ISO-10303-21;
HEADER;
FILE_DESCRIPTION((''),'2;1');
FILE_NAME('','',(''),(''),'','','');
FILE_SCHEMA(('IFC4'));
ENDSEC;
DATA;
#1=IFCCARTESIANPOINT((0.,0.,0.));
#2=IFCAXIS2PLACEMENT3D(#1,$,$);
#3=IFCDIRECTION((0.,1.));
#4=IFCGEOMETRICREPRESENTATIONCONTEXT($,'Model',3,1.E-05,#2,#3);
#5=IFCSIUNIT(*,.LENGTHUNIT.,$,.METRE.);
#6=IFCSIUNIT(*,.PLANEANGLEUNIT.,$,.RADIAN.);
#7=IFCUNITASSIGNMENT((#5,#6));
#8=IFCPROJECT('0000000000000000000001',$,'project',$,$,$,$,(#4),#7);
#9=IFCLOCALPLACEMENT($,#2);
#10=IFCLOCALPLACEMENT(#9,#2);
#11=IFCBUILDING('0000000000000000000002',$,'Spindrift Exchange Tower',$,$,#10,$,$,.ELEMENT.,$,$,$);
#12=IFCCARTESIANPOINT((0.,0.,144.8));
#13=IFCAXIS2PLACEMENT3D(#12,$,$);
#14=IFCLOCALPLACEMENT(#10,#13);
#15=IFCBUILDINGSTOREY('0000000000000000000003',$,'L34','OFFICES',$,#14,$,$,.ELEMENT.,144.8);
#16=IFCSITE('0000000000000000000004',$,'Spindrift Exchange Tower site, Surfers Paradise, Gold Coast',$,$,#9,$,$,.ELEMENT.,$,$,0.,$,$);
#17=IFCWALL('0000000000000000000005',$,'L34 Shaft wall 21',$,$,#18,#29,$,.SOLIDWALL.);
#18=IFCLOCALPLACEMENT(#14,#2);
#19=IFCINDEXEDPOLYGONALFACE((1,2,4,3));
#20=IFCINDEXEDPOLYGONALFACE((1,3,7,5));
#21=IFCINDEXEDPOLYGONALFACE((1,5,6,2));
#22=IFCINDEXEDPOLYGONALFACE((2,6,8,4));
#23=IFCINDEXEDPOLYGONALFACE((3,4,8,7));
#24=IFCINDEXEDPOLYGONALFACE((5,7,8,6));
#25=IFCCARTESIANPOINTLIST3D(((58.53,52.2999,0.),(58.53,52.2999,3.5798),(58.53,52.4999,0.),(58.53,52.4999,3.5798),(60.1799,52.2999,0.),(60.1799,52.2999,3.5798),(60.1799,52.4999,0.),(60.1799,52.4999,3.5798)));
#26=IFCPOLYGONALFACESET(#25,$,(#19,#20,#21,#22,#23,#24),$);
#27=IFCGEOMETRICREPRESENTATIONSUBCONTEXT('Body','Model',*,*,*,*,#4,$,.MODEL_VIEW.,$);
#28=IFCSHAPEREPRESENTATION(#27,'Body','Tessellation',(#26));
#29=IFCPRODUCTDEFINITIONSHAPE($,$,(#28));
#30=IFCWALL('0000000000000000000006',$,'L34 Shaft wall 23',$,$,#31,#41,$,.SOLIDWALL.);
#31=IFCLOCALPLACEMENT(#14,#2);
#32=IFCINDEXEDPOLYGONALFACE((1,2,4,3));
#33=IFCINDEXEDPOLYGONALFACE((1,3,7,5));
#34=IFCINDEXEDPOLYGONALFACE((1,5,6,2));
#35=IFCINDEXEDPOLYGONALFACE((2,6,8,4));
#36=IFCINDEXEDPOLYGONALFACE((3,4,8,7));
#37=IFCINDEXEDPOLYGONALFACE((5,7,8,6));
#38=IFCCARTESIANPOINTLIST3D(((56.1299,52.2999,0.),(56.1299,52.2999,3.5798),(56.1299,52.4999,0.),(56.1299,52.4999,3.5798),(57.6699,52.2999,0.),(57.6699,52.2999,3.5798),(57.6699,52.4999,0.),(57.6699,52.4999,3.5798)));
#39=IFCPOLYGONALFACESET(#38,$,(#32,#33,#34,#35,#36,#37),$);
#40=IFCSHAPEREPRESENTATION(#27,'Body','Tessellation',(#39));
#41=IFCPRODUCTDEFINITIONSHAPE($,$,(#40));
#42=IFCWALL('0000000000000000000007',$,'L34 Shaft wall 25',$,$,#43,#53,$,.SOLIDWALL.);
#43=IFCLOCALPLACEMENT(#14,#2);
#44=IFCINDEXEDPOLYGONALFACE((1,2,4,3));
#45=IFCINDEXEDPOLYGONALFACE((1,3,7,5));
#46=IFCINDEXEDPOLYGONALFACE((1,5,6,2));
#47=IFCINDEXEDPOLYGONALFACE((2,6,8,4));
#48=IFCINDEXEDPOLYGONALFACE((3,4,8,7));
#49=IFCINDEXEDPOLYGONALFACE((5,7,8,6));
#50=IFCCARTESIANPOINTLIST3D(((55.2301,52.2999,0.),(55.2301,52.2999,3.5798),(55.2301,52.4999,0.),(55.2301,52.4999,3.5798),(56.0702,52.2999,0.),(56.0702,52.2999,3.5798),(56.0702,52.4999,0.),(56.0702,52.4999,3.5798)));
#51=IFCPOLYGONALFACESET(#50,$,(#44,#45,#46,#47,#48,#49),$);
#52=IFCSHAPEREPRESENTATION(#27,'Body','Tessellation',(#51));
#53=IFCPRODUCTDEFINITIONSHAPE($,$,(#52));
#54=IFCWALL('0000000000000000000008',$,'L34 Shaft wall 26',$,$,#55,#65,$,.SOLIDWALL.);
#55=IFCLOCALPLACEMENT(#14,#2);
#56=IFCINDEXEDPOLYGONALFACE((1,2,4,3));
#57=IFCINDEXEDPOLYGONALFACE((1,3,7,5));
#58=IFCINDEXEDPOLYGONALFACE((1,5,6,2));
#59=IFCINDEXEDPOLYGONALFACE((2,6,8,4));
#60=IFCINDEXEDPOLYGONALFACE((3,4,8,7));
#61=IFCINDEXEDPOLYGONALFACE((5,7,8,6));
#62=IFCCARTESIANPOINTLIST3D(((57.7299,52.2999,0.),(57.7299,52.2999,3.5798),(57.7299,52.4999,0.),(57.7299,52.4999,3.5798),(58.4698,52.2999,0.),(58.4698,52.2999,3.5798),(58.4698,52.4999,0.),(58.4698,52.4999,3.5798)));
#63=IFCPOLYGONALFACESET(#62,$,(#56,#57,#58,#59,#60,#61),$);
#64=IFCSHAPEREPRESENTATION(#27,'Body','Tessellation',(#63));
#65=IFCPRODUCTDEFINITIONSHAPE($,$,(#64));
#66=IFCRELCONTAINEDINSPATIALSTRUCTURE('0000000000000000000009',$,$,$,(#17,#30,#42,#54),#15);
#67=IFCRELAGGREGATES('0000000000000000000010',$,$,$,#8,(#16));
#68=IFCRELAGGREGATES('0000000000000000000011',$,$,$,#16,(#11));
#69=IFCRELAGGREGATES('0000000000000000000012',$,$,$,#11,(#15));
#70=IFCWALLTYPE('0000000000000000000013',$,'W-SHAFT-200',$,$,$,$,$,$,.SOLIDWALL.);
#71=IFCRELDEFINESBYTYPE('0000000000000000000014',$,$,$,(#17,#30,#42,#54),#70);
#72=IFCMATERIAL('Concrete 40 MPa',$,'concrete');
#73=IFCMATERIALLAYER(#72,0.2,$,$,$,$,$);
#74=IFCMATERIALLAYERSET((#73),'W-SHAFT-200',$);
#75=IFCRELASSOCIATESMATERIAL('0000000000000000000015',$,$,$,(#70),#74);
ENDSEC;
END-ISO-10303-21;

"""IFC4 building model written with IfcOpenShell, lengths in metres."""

from ifc_helpers import new_model, si_unit, direction, frame, frame_2d, origin, place, context, subcontext, project, spatial, rectangle, extrude, material, layer, layer_set, type_object, element, save


model = new_model("IFC4")

# Units and contexts
model_context = context("Model", 3, precision=1e-05, world=origin(), true_north=direction((0.0, 1.0)))
body_context = subcontext(model_context, "Body", "Model", "MODEL_VIEW")
ifc_project = project(units=[si_unit("LENGTHUNIT", "METRE"), si_unit("PLANEANGLEUNIT", "RADIAN")], contexts=[model_context])

# Site, building, storey
site_placement = place(None, origin())
site = spatial("IfcSite", under=ifc_project, at=site_placement, Name="Spindrift Exchange Tower site, Surfers Paradise, Gold Coast", CompositionType="ELEMENT", RefElevation=0.0)
building_placement = place(site_placement, origin())
building = spatial("IfcBuilding", under=site, at=building_placement, Name="Spindrift Exchange Tower", CompositionType="ELEMENT")
storey_placement = place(building_placement, frame((0.0, 0.0, 144.8)))
storey = spatial("IfcBuildingStorey", under=building, at=storey_placement, Name="L34", Description="OFFICES", CompositionType="ELEMENT", Elevation=144.8)

# Shared definitions
ifc_material_1 = material(Name="Concrete 40 MPa", Category="concrete")
ifc_layer_1 = layer(ifc_material_1, 0.2)
ifc_layer_set_1 = layer_set([ifc_layer_1], Name="W-SHAFT-200")
wall_type_1 = type_object("IfcWallType", Name="W-SHAFT-200", PredefinedType="SOLIDWALL", material=ifc_layer_set_1)

# Walls
wall_1_placement = place(storey_placement, frame((60.1799, 52.3999, 0.0), z_axis=(0.0, 0.0, 1.0), x_axis=(-1.0, 0.0, 0.0)))
element("IfcWall", 1, at=wall_1_placement, inside=storey, type_object=wall_type_1, Name="L34 Shaft wall 21", PredefinedType="SOLIDWALL", context=body_context, shape_type="SweptSolid", body=[
    extrude(rectangle(XDim=1.6499, YDim=0.2, at=frame_2d((0.825, 0.0))), origin(), (0.0, 0.0, 1.0), 3.5798),
])
wall_2_placement = place(storey_placement, frame((57.6699, 52.3999, 0.0), z_axis=(0.0, 0.0, 1.0), x_axis=(-1.0, 0.0, 0.0)))
element("IfcWall", 2, at=wall_2_placement, inside=storey, type_object=wall_type_1, Name="L34 Shaft wall 23", PredefinedType="SOLIDWALL", context=body_context, shape_type="SweptSolid", body=[
    extrude(rectangle(XDim=1.54, YDim=0.2, at=frame_2d((0.77, 0.0))), origin(), (0.0, 0.0, 1.0), 3.5798),
])
wall_3_placement = place(storey_placement, frame((56.0701, 52.3999, 0.0), z_axis=(0.0, 0.0, 1.0), x_axis=(-1.0, 0.0, 0.0)))
element("IfcWall", 3, at=wall_3_placement, inside=storey, type_object=wall_type_1, Name="L34 Shaft wall 25", PredefinedType="SOLIDWALL", context=body_context, shape_type="SweptSolid", body=[
    extrude(rectangle(XDim=0.8401, YDim=0.2, at=frame_2d((0.4199, 0.0))), origin(), (0.0, 0.0, 1.0), 3.5798),
])
wall_4_placement = place(storey_placement, frame((58.47, 52.3999, 0.0), z_axis=(0.0, 0.0, 1.0), x_axis=(-1.0, 0.0, 0.0)))
element("IfcWall", 4, at=wall_4_placement, inside=storey, type_object=wall_type_1, Name="L34 Shaft wall 26", PredefinedType="SOLIDWALL", context=body_context, shape_type="SweptSolid", body=[
    extrude(rectangle(XDim=0.74, YDim=0.2, at=frame_2d((0.3701, 0.0))), origin(), (0.0, 0.0, 1.0), 3.5798),
])

save(model, "model.ifc")
